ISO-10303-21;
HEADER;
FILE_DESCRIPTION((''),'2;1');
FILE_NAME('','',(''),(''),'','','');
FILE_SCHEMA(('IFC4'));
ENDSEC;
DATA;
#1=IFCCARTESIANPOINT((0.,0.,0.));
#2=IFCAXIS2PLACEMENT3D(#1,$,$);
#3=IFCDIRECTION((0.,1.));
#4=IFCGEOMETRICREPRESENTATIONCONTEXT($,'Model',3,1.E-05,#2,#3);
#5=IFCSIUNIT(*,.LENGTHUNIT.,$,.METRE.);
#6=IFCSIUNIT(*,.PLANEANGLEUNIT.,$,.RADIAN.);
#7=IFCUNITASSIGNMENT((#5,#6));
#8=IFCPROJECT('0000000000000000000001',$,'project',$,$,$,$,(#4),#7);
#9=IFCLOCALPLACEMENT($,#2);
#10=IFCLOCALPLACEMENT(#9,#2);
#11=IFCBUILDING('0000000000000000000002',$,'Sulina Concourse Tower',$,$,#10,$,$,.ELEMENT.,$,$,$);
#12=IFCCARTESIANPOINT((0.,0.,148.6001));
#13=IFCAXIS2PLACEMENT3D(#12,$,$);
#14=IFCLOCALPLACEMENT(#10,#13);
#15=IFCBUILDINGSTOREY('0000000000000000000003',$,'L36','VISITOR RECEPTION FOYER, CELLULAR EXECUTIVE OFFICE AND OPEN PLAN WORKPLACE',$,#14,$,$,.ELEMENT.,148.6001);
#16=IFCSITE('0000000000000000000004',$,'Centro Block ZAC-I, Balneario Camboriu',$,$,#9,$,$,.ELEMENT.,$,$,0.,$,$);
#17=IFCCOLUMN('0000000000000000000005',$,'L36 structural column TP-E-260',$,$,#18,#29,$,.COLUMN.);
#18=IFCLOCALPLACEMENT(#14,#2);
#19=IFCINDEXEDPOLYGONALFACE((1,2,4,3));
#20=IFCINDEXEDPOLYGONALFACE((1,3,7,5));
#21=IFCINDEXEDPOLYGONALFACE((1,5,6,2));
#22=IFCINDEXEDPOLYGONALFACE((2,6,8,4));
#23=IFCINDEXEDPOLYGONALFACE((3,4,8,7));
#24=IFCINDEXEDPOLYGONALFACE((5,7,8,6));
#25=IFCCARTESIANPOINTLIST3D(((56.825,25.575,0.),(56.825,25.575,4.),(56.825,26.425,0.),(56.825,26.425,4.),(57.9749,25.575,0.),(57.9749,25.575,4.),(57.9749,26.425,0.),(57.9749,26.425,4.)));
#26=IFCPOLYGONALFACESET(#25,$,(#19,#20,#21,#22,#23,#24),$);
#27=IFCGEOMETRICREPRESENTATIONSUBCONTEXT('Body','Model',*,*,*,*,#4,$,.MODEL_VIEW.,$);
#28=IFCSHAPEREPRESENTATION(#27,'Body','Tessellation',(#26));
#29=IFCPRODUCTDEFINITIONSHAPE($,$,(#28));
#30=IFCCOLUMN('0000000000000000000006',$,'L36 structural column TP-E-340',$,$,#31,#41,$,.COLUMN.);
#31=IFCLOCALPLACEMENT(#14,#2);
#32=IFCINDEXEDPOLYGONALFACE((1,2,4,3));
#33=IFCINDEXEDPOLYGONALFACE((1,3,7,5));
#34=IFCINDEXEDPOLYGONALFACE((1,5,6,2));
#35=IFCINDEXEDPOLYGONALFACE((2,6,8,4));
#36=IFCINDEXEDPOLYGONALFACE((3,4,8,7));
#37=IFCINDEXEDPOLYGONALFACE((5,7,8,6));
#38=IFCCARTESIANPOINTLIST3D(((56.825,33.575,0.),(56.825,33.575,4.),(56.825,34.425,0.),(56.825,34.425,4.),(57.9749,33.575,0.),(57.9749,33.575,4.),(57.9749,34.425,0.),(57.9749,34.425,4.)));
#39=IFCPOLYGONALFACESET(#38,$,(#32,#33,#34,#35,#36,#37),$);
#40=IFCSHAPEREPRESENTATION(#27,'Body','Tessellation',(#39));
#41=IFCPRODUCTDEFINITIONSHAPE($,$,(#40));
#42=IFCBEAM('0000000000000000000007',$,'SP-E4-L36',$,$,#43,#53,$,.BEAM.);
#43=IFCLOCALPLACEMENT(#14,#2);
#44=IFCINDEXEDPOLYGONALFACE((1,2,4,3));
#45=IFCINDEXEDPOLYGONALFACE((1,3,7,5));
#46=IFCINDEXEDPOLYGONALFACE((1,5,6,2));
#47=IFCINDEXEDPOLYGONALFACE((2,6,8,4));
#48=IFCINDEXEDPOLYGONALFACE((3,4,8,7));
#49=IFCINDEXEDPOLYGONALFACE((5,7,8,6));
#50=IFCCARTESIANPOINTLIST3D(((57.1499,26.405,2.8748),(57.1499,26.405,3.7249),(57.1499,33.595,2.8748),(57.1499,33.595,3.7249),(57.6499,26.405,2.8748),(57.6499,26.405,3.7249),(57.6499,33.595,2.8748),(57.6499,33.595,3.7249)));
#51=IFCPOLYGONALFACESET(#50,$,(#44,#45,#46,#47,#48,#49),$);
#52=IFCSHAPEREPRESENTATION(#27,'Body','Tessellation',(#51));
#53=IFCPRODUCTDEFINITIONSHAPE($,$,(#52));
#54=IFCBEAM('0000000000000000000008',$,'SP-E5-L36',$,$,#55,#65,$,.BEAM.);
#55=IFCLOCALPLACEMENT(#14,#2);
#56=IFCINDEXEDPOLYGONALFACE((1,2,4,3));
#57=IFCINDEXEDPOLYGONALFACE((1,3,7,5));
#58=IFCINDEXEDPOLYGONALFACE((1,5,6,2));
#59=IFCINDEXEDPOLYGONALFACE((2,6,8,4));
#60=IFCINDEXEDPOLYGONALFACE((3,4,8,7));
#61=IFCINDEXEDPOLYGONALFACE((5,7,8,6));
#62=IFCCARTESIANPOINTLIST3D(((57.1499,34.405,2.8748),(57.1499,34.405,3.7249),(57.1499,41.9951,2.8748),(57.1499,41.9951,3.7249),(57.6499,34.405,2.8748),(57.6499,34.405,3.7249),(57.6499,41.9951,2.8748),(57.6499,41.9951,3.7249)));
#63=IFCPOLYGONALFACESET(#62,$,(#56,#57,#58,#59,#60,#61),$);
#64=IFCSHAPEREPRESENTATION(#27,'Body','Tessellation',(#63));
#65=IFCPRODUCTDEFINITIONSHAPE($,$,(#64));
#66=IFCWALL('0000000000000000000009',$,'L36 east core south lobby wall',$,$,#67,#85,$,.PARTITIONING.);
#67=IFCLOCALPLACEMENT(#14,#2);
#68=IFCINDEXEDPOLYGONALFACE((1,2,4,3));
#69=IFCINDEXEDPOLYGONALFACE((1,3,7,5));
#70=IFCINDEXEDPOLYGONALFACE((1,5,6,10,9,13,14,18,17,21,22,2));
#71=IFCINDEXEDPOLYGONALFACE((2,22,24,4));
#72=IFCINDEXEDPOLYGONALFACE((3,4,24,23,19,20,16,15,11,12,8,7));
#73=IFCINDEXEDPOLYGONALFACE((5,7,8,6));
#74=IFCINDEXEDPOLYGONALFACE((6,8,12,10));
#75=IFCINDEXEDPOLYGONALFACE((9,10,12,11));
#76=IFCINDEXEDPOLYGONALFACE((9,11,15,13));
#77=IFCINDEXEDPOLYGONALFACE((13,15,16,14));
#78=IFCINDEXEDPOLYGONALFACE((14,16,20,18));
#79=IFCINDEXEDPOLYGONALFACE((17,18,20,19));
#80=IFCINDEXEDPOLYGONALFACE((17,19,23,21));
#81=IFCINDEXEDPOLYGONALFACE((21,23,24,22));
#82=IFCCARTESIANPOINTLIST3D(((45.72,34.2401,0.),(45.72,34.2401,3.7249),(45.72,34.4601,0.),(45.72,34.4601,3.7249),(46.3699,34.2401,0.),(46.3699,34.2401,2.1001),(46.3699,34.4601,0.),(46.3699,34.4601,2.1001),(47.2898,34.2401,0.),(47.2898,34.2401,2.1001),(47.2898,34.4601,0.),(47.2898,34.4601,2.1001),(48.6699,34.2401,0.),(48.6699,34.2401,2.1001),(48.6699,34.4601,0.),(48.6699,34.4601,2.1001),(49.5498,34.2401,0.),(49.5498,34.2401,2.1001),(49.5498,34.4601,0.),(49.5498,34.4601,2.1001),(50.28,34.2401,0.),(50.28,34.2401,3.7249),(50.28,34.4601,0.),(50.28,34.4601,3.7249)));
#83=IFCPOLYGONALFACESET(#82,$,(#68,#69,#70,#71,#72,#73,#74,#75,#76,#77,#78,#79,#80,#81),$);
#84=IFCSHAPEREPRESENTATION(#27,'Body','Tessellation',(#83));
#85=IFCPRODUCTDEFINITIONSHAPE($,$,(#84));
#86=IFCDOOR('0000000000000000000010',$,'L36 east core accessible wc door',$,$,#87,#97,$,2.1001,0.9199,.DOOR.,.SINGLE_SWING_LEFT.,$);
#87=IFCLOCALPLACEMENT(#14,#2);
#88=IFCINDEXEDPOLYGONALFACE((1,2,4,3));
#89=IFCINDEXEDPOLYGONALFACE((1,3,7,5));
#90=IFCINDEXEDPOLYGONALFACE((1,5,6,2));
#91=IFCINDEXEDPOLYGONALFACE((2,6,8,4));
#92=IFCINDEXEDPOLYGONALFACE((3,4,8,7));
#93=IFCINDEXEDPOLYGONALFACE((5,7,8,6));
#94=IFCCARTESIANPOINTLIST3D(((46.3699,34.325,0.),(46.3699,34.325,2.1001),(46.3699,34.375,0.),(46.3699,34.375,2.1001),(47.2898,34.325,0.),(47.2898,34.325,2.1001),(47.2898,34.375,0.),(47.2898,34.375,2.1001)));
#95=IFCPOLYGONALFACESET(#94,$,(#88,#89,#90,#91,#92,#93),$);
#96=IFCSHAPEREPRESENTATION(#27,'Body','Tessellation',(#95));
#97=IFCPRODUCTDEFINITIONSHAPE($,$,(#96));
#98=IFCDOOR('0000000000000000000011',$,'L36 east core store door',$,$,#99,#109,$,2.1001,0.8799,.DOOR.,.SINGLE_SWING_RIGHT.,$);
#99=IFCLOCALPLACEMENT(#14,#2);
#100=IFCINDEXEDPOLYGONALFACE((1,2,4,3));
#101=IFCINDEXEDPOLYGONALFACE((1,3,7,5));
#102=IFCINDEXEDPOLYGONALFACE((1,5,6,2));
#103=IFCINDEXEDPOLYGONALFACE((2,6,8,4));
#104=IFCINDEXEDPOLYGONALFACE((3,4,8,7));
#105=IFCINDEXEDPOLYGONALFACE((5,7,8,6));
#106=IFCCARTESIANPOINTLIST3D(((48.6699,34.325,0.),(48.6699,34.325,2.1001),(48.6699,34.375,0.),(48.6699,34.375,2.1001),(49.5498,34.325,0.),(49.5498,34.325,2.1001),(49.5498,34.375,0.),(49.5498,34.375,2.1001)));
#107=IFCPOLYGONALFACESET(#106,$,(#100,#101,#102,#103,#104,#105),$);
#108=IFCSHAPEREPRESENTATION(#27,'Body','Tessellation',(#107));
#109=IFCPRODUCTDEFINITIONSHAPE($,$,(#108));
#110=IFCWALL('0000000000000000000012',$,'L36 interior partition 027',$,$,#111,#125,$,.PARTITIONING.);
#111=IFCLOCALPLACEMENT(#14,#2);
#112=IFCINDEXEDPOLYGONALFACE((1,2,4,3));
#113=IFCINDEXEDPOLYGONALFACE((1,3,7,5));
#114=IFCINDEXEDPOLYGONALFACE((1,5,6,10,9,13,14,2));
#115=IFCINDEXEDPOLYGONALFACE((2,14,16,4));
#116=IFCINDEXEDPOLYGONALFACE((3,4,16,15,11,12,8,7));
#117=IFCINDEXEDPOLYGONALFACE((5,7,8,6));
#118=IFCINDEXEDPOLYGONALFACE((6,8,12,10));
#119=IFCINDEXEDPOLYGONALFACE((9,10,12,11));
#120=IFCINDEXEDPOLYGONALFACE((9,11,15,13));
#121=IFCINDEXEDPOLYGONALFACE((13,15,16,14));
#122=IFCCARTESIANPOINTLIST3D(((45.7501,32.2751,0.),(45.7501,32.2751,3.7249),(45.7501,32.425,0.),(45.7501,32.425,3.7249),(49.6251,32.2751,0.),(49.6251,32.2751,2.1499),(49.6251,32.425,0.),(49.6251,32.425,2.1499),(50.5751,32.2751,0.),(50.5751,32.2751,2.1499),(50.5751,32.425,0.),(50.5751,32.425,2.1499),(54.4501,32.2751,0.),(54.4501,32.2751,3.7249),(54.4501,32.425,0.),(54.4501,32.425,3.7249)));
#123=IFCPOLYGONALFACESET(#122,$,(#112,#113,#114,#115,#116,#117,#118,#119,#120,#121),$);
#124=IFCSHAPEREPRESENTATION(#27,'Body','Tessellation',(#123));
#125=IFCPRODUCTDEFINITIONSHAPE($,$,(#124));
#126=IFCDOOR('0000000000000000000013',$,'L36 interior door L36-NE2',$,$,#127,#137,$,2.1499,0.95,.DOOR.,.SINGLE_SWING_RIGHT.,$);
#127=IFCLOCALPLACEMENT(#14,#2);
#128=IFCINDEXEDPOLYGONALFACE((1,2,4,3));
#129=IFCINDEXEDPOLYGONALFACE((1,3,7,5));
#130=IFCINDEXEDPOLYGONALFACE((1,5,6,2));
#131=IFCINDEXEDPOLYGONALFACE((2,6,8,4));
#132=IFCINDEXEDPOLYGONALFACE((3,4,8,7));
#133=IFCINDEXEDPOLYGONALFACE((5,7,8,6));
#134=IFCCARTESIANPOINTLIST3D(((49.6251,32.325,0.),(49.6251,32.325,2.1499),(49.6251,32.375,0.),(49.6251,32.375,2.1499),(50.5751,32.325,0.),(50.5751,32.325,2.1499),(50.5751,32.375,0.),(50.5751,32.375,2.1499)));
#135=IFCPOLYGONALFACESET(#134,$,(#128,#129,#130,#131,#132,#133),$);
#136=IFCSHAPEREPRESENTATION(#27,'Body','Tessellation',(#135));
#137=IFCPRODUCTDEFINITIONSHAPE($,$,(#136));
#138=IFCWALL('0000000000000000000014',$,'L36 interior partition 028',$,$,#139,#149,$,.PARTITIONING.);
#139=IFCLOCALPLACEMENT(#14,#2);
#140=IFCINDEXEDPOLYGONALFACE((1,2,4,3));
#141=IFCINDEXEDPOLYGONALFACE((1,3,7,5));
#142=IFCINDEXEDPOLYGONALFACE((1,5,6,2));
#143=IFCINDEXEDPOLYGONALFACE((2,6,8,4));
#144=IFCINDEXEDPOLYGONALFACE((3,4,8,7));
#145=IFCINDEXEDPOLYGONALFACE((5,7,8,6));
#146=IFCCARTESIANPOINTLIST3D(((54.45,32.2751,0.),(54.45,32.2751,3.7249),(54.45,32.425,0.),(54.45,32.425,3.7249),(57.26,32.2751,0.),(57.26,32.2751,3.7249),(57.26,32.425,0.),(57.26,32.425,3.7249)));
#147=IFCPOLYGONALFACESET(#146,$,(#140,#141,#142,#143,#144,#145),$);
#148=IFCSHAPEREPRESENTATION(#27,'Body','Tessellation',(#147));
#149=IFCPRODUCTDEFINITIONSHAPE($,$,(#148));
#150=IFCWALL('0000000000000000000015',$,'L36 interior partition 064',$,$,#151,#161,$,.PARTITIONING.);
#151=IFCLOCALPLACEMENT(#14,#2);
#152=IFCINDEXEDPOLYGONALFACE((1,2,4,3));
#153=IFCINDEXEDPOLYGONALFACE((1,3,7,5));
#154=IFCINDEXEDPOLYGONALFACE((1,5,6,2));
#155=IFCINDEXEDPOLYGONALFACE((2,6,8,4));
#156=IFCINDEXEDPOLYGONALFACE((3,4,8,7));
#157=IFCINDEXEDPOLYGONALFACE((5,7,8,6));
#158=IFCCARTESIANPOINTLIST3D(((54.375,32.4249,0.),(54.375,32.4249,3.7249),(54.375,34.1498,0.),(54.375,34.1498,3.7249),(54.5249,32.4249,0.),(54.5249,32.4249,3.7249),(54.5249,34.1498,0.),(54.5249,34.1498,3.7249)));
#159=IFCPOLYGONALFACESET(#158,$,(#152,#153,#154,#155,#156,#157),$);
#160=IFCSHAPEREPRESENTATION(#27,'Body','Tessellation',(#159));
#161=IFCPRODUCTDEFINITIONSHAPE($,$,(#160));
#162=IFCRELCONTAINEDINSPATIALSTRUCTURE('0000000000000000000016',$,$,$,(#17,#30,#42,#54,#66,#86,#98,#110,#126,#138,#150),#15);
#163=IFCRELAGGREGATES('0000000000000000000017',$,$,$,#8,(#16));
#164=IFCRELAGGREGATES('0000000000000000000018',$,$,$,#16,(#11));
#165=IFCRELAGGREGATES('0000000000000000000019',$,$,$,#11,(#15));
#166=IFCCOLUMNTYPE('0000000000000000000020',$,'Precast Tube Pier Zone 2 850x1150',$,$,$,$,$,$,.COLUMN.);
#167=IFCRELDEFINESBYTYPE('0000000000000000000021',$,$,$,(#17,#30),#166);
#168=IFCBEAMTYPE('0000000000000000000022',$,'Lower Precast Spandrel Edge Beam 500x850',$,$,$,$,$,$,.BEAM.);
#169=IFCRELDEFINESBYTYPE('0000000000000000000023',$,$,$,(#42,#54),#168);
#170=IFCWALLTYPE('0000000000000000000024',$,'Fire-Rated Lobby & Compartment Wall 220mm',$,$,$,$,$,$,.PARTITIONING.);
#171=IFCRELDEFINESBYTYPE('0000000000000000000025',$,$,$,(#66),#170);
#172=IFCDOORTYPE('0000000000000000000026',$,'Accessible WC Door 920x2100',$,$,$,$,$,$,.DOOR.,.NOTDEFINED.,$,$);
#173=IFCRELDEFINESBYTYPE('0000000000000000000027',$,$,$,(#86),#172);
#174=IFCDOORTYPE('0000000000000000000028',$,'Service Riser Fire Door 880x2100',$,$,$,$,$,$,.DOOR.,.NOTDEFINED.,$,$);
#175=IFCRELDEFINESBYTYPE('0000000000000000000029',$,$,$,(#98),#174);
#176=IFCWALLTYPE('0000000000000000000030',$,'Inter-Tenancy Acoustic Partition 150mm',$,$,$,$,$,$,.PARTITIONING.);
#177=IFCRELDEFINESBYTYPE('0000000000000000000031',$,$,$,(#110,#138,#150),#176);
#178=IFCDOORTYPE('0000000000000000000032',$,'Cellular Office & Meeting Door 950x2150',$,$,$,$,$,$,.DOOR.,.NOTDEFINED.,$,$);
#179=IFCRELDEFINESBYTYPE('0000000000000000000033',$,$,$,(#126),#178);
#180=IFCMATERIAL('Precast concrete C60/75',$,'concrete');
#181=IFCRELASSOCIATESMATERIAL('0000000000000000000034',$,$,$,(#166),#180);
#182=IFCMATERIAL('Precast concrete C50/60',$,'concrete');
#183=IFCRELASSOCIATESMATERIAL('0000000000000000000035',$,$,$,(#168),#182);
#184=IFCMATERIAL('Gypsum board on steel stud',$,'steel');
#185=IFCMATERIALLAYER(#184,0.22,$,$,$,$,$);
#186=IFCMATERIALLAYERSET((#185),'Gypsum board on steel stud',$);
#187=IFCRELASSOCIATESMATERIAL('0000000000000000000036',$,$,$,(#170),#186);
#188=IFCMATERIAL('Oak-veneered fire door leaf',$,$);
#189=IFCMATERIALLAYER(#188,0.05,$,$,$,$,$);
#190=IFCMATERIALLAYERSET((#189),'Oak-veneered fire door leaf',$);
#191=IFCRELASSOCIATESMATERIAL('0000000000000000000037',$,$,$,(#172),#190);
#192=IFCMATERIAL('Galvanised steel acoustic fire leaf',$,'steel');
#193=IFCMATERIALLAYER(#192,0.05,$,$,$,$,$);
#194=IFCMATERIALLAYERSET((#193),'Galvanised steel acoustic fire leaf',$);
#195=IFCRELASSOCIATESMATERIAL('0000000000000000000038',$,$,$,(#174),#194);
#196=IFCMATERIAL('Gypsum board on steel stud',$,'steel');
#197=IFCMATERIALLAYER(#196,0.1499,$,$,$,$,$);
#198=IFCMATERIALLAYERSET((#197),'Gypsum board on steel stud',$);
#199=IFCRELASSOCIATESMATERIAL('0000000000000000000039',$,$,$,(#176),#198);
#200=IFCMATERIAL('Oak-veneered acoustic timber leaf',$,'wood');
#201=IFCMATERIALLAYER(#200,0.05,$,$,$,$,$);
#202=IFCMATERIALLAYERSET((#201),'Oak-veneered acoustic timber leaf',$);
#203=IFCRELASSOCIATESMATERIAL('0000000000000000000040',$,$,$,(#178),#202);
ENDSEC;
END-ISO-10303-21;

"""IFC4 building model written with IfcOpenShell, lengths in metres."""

from ifc_helpers import new_model, si_unit, direction, frame, frame_2d, origin, origin_2d, place, context, subcontext, project, spatial, rectangle, extrude, material, layer, layer_set, material_profile, profile_set, type_object, element, fill, save


model = new_model("IFC4")

# Units and contexts
model_context = context("Model", 3, precision=1e-05, world=origin(), true_north=direction((0.0, 1.0)))
body_context = subcontext(model_context, "Body", "Model", "MODEL_VIEW")
ifc_project = project(units=[si_unit("LENGTHUNIT", "METRE"), si_unit("PLANEANGLEUNIT", "RADIAN")], contexts=[model_context])

# Site, building, storey
site_placement = place(None, origin())
site = spatial("IfcSite", under=ifc_project, at=site_placement, Name="Centro Block ZAC-I, Balneario Camboriu", CompositionType="ELEMENT", RefElevation=0.0)
building_placement = place(site_placement, origin())
building = spatial("IfcBuilding", under=site, at=building_placement, Name="Sulina Concourse Tower", CompositionType="ELEMENT")
storey_placement = place(building_placement, frame((0.0, 0.0, 148.6001)))
storey = spatial("IfcBuildingStorey", under=building, at=storey_placement, Name="L36", Description="VISITOR RECEPTION FOYER, CELLULAR EXECUTIVE OFFICE AND OPEN PLAN WORKPLACE", CompositionType="ELEMENT", Elevation=148.6001)

# Columns
ifc_material_1 = material(Name="Precast concrete C60/75", Category="concrete")
ifc_material_profile_1 = material_profile(ifc_material_1, rectangle(XDim=0.8501, YDim=1.1499, at=origin_2d()), Name="PC 850x1150")
ifc_profile_set_1 = profile_set([ifc_material_profile_1], Name="Precast concrete C60/75")
column_type = type_object("IfcColumnType", Name="Precast Tube Pier Zone 2 850x1150", PredefinedType="COLUMN", material=ifc_profile_set_1)
for number, where, z_axis, x_axis, name in (
    (1, (57.3999, 26.0, 0.0), (0.0, 0.0, 1.0), (0.0, 1.0, 0.0), "L36 structural column TP-E-260"),
    (2, (57.3999, 34.0, 0.0), (0.0, 0.0, 1.0), (0.0, 1.0, 0.0), "L36 structural column TP-E-340"),
):
    element("IfcColumn", number, at=place(storey_placement, frame(where, z_axis=z_axis, x_axis=x_axis)), inside=storey, type_object=column_type, Name=name, PredefinedType="COLUMN", context=body_context, shape_type="SweptSolid", body=[
        extrude(rectangle(XDim=0.8501, YDim=1.1499, at=origin_2d()), origin(), (0.0, 0.0, 1.0), 4.0),
    ])

# Beams
ifc_material_2 = material(Name="Precast concrete C50/60", Category="concrete")
ifc_material_profile_2 = material_profile(ifc_material_2, rectangle(XDim=0.5, YDim=0.8501, at=origin_2d()), Name="RC 500x850")
ifc_profile_set_2 = profile_set([ifc_material_profile_2], Name="Precast concrete C50/60")
beam_type = type_object("IfcBeamType", Name="Lower Precast Spandrel Edge Beam 500x850", PredefinedType="BEAM", material=ifc_profile_set_2)
beam_1_placement = place(storey_placement, frame((57.3999, 26.405, 3.2998), z_axis=(0.0, 1.0, 0.0), x_axis=(-1.0, 0.0, 0.0)))
element("IfcBeam", 3, at=beam_1_placement, inside=storey, type_object=beam_type, Name="SP-E4-L36", PredefinedType="BEAM", context=body_context, shape_type="SweptSolid", body=[
    extrude(rectangle(XDim=0.5, YDim=0.8501, at=origin_2d()), origin(), (0.0, 0.0, 1.0), 7.1899),
])
beam_2_placement = place(storey_placement, frame((57.3999, 34.405, 3.2998), z_axis=(0.0, 1.0, 0.0), x_axis=(-1.0, 0.0, 0.0)))
element("IfcBeam", 4, at=beam_2_placement, inside=storey, type_object=beam_type, Name="SP-E5-L36", PredefinedType="BEAM", context=body_context, shape_type="SweptSolid", body=[
    extrude(rectangle(XDim=0.5, YDim=0.8501, at=origin_2d()), origin(), (0.0, 0.0, 1.0), 7.5901),
])

# Wall, openings, doors
ifc_material_3 = material(Name="Gypsum board on steel stud", Category="steel")
ifc_layer_1 = layer(ifc_material_3, 0.22)
ifc_layer_set_1 = layer_set([ifc_layer_1], Name="Gypsum board on steel stud")
wall_type_1 = type_object("IfcWallType", Name="Fire-Rated Lobby & Compartment Wall 220mm", PredefinedType="PARTITIONING", material=ifc_layer_set_1)
wall_1_placement = place(storey_placement, frame((45.72, 34.3501, 0.0), z_axis=(0.0, 0.0, 1.0), x_axis=(1.0, 0.0, 0.0)))
wall_1 = element("IfcWall", 5, at=wall_1_placement, inside=storey, type_object=wall_type_1, Name="L36 east core south lobby wall", PredefinedType="PARTITIONING", context=body_context, shape_type="SweptSolid", body=[
    extrude(rectangle(XDim=4.5601, YDim=0.22, at=frame_2d((2.28, 0.0))), origin(), (0.0, 0.0, 1.0), 3.7249),
])
opening_1_placement = place(wall_1_placement, frame((0.6499, 0.0, 0.0)))
opening_1 = element("IfcOpeningElement", 6, at=opening_1_placement, cuts=wall_1, PredefinedType="OPENING", context=body_context, shape_type="SweptSolid", body=[
    extrude(rectangle(XDim=0.9199, YDim=2.1001, at=frame_2d((0.46, 1.05))), frame((0.0, 0.1199, 0.0), z_axis=(0.0, -1.0, 0.0), x_axis=(1.0, 0.0, 0.0)), (0.0, 0.0, 1.0), 0.24),
])
opening_2_placement = place(wall_1_placement, frame((2.95, 0.0, 0.0)))
opening_2 = element("IfcOpeningElement", 7, at=opening_2_placement, cuts=wall_1, PredefinedType="OPENING", context=body_context, shape_type="SweptSolid", body=[
    extrude(rectangle(XDim=0.8799, YDim=2.1001, at=frame_2d((0.4399, 1.05))), frame((0.0, 0.1199, 0.0), z_axis=(0.0, -1.0, 0.0), x_axis=(1.0, 0.0, 0.0)), (0.0, 0.0, 1.0), 0.24),
])
ifc_material_4 = material(Name="Oak-veneered fire door leaf")
ifc_layer_2 = layer(ifc_material_4, 0.05)
ifc_layer_set_2 = layer_set([ifc_layer_2], Name="Oak-veneered fire door leaf")
door_type_1 = type_object("IfcDoorType", Name="Accessible WC Door 920x2100", OperationType="NOTDEFINED", PredefinedType="DOOR", material=ifc_layer_set_2)
door_1_placement = place(opening_1_placement, origin())
door_1 = element("IfcDoor", 8, at=door_1_placement, inside=storey, type_object=door_type_1, Name="L36 east core accessible wc door", OperationType="SINGLE_SWING_LEFT", OverallHeight=2.1001, OverallWidth=0.9199, PredefinedType="DOOR", context=body_context, shape_type="SweptSolid", body=[
    extrude(rectangle(XDim=0.9199, YDim=2.1001, at=frame_2d((0.46, 1.05))), frame((0.0, 0.0249, 0.0), z_axis=(0.0, -1.0, 0.0), x_axis=(1.0, 0.0, 0.0)), (0.0, 0.0, 1.0), 0.05),
])
fill(opening_1, door_1)
ifc_material_5 = material(Name="Galvanised steel acoustic fire leaf", Category="steel")
ifc_layer_3 = layer(ifc_material_5, 0.05)
ifc_layer_set_3 = layer_set([ifc_layer_3], Name="Galvanised steel acoustic fire leaf")
door_type_2 = type_object("IfcDoorType", Name="Service Riser Fire Door 880x2100", OperationType="NOTDEFINED", PredefinedType="DOOR", material=ifc_layer_set_3)
door_2_placement = place(opening_2_placement, origin())
door_2 = element("IfcDoor", 9, at=door_2_placement, inside=storey, type_object=door_type_2, Name="L36 east core store door", OperationType="SINGLE_SWING_RIGHT", OverallHeight=2.1001, OverallWidth=0.8799, PredefinedType="DOOR", context=body_context, shape_type="SweptSolid", body=[
    extrude(rectangle(XDim=0.8799, YDim=2.1001, at=frame_2d((0.4399, 1.05))), frame((0.0, 0.0249, 0.0), z_axis=(0.0, -1.0, 0.0), x_axis=(1.0, 0.0, 0.0)), (0.0, 0.0, 1.0), 0.05),
])
fill(opening_2, door_2)

# Wall, opening, door
ifc_material_6 = material(Name="Gypsum board on steel stud", Category="steel")
ifc_layer_4 = layer(ifc_material_6, 0.1499)
ifc_layer_set_4 = layer_set([ifc_layer_4], Name="Gypsum board on steel stud")
wall_type_2 = type_object("IfcWallType", Name="Inter-Tenancy Acoustic Partition 150mm", PredefinedType="PARTITIONING", material=ifc_layer_set_4)
wall_2_placement = place(storey_placement, frame((45.75, 32.3501, 0.0), z_axis=(0.0, 0.0, 1.0), x_axis=(1.0, 0.0, 0.0)))
wall_2 = element("IfcWall", 10, at=wall_2_placement, inside=storey, type_object=wall_type_2, Name="L36 interior partition 027", PredefinedType="PARTITIONING", context=body_context, shape_type="SweptSolid", body=[
    extrude(rectangle(XDim=8.7, YDim=0.1499, at=frame_2d((4.3501, 0.0))), origin(), (0.0, 0.0, 1.0), 3.7249),
])
opening_3_placement = place(wall_2_placement, frame((3.875, 0.0, 0.0)))
opening_3 = element("IfcOpeningElement", 11, at=opening_3_placement, cuts=wall_2, PredefinedType="OPENING", context=body_context, shape_type="SweptSolid", body=[
    extrude(rectangle(XDim=0.95, YDim=2.1499, at=frame_2d((0.4751, 1.075))), frame((0.0, 0.085, 0.0), z_axis=(0.0, -1.0, 0.0), x_axis=(1.0, 0.0, 0.0)), (0.0, 0.0, 1.0), 0.1699),
])
ifc_material_7 = material(Name="Oak-veneered acoustic timber leaf", Category="wood")
ifc_layer_5 = layer(ifc_material_7, 0.05)
ifc_layer_set_5 = layer_set([ifc_layer_5], Name="Oak-veneered acoustic timber leaf")
door_type_3 = type_object("IfcDoorType", Name="Cellular Office & Meeting Door 950x2150", OperationType="NOTDEFINED", PredefinedType="DOOR", material=ifc_layer_set_5)
door_3_placement = place(opening_3_placement, origin())
door_3 = element("IfcDoor", 12, at=door_3_placement, inside=storey, type_object=door_type_3, Name="L36 interior door L36-NE2", OperationType="SINGLE_SWING_RIGHT", OverallHeight=2.1499, OverallWidth=0.95, PredefinedType="DOOR", context=body_context, shape_type="SweptSolid", body=[
    extrude(rectangle(XDim=0.95, YDim=2.1499, at=frame_2d((0.4751, 1.075))), frame((0.0, 0.0249, 0.0), z_axis=(0.0, -1.0, 0.0), x_axis=(1.0, 0.0, 0.0)), (0.0, 0.0, 1.0), 0.05),
])
fill(opening_3, door_3)

# Walls
wall_3_placement = place(storey_placement, frame((54.45, 32.3501, 0.0), z_axis=(0.0, 0.0, 1.0), x_axis=(1.0, 0.0, 0.0)))
element("IfcWall", 13, at=wall_3_placement, inside=storey, type_object=wall_type_2, Name="L36 interior partition 028", PredefinedType="PARTITIONING", context=body_context, shape_type="SweptSolid", body=[
    extrude(rectangle(XDim=2.8101, YDim=0.1499, at=frame_2d((1.405, 0.0))), origin(), (0.0, 0.0, 1.0), 3.7249),
])
wall_4_placement = place(storey_placement, frame((54.45, 32.425, 0.0), z_axis=(0.0, 0.0, 1.0), x_axis=(0.0, 1.0, 0.0)))
element("IfcWall", 14, at=wall_4_placement, inside=storey, type_object=wall_type_2, Name="L36 interior partition 064", PredefinedType="PARTITIONING", context=body_context, shape_type="SweptSolid", body=[
    extrude(rectangle(XDim=1.7249, YDim=0.1499, at=frame_2d((0.8623, 0.0))), origin(), (0.0, 0.0, 1.0), 3.7249),
])

save(model, "model.ifc")
